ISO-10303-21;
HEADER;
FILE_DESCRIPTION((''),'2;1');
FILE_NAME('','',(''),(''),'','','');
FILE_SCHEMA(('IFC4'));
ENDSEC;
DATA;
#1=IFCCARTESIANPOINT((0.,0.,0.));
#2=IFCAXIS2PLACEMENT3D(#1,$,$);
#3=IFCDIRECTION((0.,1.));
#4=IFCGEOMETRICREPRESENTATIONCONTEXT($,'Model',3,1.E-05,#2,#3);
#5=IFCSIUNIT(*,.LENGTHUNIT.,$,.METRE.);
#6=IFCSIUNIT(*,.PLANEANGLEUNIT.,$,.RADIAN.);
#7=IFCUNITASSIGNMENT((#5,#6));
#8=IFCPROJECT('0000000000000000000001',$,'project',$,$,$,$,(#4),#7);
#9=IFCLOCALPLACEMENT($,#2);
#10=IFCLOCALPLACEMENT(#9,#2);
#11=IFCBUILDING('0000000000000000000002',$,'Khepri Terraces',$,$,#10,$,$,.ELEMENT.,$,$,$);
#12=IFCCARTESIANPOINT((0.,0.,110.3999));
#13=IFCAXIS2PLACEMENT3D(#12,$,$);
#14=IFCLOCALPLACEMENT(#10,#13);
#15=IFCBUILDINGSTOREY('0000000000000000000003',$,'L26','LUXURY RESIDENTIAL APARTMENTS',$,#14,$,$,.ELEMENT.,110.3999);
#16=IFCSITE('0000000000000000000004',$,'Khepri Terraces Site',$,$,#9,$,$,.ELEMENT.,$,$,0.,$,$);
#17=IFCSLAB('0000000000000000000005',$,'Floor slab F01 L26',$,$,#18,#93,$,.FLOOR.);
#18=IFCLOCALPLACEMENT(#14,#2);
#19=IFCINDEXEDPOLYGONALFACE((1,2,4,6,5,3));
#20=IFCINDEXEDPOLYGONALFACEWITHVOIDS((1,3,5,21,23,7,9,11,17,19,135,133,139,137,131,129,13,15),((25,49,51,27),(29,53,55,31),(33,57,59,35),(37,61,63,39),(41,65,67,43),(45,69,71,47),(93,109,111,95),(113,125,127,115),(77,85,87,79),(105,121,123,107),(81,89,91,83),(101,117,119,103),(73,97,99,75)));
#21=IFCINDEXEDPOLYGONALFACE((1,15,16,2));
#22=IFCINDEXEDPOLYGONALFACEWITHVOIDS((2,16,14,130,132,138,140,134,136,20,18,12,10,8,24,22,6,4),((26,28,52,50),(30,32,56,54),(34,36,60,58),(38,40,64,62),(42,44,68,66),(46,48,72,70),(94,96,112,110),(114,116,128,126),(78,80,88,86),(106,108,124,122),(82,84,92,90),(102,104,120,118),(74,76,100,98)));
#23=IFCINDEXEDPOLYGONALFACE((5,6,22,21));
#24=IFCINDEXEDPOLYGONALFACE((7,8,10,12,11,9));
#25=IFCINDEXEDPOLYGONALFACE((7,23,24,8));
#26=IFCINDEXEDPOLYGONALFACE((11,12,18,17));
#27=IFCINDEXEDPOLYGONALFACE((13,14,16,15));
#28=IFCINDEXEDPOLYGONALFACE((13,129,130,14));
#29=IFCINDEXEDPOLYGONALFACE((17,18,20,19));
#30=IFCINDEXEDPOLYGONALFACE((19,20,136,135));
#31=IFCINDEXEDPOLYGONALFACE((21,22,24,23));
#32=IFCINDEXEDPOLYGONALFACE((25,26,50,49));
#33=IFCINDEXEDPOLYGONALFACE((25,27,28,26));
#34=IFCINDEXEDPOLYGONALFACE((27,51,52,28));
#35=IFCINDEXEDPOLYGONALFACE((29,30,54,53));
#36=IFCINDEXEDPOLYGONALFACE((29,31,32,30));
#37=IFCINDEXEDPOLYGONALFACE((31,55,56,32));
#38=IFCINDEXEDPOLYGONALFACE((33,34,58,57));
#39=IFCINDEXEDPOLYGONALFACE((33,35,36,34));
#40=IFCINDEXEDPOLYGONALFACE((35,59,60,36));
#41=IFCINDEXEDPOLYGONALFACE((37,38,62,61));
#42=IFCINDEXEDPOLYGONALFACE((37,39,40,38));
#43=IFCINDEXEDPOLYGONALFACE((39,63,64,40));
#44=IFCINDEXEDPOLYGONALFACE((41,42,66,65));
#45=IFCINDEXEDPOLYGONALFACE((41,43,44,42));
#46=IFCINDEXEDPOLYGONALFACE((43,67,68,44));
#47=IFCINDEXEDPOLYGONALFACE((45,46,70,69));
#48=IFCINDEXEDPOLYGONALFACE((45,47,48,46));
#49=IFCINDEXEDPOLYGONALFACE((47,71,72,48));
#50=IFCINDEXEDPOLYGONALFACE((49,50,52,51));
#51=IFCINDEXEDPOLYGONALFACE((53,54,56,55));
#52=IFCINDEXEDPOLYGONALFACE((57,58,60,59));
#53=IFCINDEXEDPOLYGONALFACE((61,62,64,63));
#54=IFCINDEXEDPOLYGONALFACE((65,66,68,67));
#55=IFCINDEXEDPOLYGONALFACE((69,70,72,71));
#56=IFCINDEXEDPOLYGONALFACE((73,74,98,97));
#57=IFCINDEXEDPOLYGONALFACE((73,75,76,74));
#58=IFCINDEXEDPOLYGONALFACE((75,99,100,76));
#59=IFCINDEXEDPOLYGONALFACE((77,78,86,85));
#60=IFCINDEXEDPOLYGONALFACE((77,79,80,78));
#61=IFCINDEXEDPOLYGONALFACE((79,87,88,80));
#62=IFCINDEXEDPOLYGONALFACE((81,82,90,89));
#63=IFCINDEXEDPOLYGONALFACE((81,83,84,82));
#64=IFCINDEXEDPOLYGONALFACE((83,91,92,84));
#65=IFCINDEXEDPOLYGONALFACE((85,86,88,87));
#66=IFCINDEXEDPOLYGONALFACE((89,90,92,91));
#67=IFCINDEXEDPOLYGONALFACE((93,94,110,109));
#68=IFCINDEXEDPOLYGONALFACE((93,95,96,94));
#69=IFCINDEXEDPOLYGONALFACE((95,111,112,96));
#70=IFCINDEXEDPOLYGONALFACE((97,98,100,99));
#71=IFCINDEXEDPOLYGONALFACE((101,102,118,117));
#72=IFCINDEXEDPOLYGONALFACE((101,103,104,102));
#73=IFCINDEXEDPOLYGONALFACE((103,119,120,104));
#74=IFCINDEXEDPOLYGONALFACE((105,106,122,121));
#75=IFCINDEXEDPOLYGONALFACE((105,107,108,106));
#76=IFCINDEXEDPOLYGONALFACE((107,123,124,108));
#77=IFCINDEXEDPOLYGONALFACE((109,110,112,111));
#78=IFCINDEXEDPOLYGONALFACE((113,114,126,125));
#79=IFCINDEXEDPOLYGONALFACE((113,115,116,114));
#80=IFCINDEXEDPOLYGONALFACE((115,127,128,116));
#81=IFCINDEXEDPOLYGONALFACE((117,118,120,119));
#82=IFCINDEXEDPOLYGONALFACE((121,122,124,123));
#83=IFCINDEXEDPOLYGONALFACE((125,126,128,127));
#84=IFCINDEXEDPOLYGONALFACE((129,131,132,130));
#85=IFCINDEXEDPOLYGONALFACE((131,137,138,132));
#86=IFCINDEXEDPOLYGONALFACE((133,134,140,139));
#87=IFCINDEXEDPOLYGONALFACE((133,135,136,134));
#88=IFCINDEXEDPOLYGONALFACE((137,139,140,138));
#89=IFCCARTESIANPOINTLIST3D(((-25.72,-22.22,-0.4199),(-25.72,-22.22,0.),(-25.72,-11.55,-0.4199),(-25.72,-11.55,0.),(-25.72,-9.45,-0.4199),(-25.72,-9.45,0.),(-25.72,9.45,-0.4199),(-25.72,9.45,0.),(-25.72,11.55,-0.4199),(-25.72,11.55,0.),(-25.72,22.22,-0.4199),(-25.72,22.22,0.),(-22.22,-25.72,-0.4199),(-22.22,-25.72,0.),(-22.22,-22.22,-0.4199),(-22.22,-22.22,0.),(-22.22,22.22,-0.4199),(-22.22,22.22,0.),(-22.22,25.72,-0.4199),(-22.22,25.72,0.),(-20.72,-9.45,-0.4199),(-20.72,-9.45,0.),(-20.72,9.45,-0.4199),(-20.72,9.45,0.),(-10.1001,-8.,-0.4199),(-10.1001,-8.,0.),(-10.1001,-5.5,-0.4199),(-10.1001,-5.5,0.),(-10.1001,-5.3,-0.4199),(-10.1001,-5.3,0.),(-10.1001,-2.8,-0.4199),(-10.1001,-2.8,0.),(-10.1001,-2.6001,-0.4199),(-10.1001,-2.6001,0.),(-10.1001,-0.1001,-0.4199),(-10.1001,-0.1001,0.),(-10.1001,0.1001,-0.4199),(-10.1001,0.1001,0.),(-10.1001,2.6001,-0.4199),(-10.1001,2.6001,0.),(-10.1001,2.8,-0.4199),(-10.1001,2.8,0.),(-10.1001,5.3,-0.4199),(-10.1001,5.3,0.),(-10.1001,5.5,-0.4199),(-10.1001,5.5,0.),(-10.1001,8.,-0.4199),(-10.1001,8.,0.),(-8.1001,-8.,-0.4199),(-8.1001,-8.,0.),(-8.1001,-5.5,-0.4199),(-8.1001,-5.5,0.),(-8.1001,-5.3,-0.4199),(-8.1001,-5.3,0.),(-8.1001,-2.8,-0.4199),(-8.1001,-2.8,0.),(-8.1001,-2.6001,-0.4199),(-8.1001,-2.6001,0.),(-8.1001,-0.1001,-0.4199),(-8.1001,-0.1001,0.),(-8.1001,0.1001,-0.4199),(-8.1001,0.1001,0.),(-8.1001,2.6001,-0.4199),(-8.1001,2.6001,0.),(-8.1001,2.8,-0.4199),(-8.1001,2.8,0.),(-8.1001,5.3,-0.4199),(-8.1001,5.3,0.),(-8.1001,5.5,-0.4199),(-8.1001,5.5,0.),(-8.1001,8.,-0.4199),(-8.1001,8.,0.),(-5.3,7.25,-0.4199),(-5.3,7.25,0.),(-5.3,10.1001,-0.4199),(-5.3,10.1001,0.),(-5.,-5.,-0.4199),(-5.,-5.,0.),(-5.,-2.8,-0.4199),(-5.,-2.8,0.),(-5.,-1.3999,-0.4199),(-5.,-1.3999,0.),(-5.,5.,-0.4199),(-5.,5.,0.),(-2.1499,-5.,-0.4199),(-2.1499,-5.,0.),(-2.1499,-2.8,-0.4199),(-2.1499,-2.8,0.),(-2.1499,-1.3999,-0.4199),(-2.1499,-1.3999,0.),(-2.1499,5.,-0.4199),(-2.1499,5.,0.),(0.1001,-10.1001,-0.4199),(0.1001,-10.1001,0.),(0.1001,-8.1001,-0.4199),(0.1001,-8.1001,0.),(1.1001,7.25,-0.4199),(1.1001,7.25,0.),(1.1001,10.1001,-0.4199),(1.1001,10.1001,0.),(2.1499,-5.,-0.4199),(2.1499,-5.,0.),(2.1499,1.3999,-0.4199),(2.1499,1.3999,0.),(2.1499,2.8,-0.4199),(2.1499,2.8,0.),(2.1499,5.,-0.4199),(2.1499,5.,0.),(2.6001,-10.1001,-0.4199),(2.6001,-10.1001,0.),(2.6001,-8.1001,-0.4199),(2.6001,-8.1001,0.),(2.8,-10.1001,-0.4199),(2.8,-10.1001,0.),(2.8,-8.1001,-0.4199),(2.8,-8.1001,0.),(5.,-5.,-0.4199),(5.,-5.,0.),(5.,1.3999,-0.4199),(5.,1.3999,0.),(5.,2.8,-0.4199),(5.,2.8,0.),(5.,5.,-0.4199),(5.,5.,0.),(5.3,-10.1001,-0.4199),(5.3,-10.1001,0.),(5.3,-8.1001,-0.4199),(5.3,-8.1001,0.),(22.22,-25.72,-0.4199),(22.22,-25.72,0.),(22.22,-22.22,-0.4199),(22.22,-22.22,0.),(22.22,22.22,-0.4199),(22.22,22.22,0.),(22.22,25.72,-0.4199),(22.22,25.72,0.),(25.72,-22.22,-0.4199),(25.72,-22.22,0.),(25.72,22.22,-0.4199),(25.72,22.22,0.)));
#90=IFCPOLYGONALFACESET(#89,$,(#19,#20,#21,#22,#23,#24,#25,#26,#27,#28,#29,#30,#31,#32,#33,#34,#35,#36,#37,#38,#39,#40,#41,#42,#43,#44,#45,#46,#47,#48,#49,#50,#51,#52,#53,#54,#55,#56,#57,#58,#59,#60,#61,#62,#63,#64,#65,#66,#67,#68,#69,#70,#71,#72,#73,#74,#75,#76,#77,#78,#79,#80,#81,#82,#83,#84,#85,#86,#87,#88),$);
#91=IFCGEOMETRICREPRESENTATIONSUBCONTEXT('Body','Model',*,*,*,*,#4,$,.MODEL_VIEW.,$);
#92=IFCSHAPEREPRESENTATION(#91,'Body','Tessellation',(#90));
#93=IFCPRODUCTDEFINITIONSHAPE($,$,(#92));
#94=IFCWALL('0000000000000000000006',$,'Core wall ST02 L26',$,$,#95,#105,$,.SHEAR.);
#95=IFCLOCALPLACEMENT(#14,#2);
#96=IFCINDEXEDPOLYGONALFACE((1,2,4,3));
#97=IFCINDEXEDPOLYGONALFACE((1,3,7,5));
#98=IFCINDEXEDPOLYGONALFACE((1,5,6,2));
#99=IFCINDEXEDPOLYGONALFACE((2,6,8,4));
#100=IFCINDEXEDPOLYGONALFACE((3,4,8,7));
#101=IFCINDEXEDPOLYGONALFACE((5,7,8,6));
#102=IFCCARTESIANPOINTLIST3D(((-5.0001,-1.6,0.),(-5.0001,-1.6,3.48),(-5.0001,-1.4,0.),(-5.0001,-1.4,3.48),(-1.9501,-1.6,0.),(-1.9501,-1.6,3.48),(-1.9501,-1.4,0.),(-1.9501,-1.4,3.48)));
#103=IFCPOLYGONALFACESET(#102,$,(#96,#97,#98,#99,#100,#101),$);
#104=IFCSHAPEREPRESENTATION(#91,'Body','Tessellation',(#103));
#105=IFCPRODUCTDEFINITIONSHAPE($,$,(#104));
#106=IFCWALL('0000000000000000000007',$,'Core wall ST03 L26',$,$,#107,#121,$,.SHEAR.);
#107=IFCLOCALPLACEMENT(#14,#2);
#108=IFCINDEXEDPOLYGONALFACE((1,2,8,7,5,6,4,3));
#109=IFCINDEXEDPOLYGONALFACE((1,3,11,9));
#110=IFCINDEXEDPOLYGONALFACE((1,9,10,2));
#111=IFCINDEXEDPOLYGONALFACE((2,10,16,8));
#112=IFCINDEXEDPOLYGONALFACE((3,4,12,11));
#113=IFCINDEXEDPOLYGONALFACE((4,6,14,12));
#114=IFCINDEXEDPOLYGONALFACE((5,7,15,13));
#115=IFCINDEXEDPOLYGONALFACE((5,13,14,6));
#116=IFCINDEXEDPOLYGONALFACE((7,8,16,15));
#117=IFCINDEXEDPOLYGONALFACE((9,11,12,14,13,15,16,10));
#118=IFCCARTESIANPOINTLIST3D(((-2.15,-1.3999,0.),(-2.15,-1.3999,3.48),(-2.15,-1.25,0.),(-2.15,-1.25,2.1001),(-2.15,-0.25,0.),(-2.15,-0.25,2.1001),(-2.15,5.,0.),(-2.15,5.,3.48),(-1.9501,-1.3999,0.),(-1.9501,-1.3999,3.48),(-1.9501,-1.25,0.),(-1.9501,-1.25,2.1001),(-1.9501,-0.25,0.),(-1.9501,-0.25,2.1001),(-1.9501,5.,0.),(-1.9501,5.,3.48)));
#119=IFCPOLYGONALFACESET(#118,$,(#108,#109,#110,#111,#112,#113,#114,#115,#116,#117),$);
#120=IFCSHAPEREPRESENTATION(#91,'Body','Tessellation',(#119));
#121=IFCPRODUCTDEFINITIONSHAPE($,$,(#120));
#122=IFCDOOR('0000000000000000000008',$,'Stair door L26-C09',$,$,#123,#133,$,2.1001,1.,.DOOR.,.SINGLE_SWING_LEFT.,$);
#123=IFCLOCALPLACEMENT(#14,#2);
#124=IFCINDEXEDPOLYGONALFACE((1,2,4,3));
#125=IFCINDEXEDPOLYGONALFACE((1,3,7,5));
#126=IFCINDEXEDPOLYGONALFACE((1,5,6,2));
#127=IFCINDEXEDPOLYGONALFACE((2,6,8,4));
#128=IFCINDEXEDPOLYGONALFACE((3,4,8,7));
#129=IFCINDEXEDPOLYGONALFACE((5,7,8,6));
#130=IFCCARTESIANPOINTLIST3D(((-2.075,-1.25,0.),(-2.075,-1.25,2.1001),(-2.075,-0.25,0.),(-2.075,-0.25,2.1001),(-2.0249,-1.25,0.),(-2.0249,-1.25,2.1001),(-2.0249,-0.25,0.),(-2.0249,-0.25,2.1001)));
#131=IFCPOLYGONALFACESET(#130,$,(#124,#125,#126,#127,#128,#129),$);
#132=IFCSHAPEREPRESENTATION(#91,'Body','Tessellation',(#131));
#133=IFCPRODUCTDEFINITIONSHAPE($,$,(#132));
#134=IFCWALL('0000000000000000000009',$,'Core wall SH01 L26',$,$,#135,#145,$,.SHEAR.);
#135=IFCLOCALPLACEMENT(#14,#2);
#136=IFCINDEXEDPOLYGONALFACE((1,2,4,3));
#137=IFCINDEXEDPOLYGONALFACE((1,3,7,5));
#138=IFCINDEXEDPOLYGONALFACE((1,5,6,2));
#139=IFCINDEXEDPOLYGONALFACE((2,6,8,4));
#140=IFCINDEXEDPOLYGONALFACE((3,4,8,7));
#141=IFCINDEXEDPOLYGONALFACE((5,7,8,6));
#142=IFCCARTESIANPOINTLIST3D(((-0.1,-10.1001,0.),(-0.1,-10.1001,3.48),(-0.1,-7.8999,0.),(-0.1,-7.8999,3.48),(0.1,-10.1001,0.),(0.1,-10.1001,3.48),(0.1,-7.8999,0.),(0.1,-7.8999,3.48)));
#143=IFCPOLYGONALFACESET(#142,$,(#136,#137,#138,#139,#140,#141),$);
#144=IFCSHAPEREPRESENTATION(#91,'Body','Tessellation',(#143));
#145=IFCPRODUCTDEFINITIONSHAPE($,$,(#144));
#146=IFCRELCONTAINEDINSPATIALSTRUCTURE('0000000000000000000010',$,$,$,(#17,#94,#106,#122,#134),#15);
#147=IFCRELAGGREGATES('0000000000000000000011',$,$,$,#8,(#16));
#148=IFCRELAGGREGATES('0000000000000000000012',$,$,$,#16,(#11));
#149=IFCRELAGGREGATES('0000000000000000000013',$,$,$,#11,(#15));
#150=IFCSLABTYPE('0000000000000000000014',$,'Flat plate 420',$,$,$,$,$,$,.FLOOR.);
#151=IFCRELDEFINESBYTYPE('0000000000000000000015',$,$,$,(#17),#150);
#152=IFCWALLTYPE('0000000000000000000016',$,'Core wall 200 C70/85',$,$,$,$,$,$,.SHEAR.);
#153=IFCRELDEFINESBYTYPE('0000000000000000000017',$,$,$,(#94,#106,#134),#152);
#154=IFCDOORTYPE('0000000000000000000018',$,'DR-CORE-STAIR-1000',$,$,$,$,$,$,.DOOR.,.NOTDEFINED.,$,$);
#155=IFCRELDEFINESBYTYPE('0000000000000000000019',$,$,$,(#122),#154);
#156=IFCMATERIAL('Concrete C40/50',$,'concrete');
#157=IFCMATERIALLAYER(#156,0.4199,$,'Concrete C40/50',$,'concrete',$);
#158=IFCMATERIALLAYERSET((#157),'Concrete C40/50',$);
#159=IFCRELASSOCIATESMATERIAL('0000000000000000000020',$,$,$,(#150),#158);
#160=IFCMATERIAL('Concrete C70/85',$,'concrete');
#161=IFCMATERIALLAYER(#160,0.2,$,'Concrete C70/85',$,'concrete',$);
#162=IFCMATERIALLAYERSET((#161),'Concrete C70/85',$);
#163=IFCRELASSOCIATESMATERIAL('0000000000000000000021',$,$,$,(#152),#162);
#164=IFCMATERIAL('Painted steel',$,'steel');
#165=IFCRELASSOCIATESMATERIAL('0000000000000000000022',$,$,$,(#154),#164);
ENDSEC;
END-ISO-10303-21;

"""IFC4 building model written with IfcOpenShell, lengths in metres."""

from ifc_helpers import new_model, si_unit, direction, frame, frame_2d, origin, place, context, subcontext, project, spatial, polyline, rectangle, outline, extrude, material, layer, layer_set, type_object, element, fill, save


model = new_model("IFC4")

# Units and contexts
model_context = context("Model", 3, precision=1e-05, world=origin(), true_north=direction((0.0, 1.0)))
body_context = subcontext(model_context, "Body", "Model", "MODEL_VIEW")
ifc_project = project(units=[si_unit("LENGTHUNIT", "METRE"), si_unit("PLANEANGLEUNIT", "RADIAN")], contexts=[model_context])

# Site, building, storey
site_placement = place(None, origin())
site = spatial("IfcSite", under=ifc_project, at=site_placement, Name="Khepri Terraces Site", CompositionType="ELEMENT", RefElevation=0.0)
building_placement = place(site_placement, origin())
building = spatial("IfcBuilding", under=site, at=building_placement, Name="Khepri Terraces", CompositionType="ELEMENT")
storey_placement = place(building_placement, frame((0.0, 0.0, 110.3999)))
storey = spatial("IfcBuildingStorey", under=building, at=storey_placement, Name="L26", Description="LUXURY RESIDENTIAL APARTMENTS", CompositionType="ELEMENT", Elevation=110.3999)

# Slab
ifc_material_1 = material(Name="Concrete C40/50", Category="concrete")
ifc_layer_1 = layer(ifc_material_1, 0.4199, Name="Concrete C40/50", Category="concrete")
ifc_layer_set_1 = layer_set([ifc_layer_1], Name="Concrete C40/50")
slab_type = type_object("IfcSlabType", Name="Flat plate 420", PredefinedType="FLOOR", material=ifc_layer_set_1)
slab_placement = place(storey_placement, frame((0.0, 0.0, -0.4199)))
element("IfcSlab", 1, at=slab_placement, inside=storey, type_object=slab_type, Name="Floor slab F01 L26", PredefinedType="FLOOR", context=body_context, shape_type="SweptSolid", body=[
    extrude(outline(polyline([(22.22, -25.72), (-22.22, -25.72), (-22.22, -22.22), (-25.72, -22.22), (-25.72, -11.55), (-25.72, -9.45), (-20.72, -9.45), (-20.72, 9.45), (-25.72, 9.45), (-25.72, 11.55), (-25.72, 22.22), (-22.22, 22.22), (-22.22, 25.72), (22.22, 25.72), (22.22, 22.22), (25.72, 22.22), (25.72, -22.22), (22.22, -22.22), (22.22, -25.72)]), holes=[polyline([(5.0, 5.0), (2.1499, 5.0), (2.1499, 2.8), (5.0, 2.8), (5.0, 5.0)]), polyline([(-2.1499, -5.0), (-2.1499, -2.8), (-5.0, -2.8), (-5.0, -5.0), (-2.1499, -5.0)]), polyline([(-10.1001, -8.0), (-8.1001, -8.0), (-8.1001, -5.5), (-10.1001, -5.5), (-10.1001, -8.0)]), polyline([(-10.1001, -2.8), (-10.1001, -5.3), (-8.1001, -5.3), (-8.1001, -2.8), (-10.1001, -2.8)]), polyline([(-8.1001, -0.1001), (-10.1001, -0.1001), (-10.1001, -2.6001), (-8.1001, -2.6001), (-8.1001, -0.1001)]), polyline([(-8.1001, 0.1001), (-8.1001, 2.6001), (-10.1001, 2.6001), (-10.1001, 0.1001), (-8.1001, 0.1001)]), polyline([(-10.1001, 2.8), (-8.1001, 2.8), (-8.1001, 5.3), (-10.1001, 5.3), (-10.1001, 2.8)]), polyline([(-10.1001, 8.0), (-10.1001, 5.5), (-8.1001, 5.5), (-8.1001, 8.0), (-10.1001, 8.0)]), polyline([(2.6001, -8.1001), (0.1001, -8.1001), (0.1001, -10.1001), (2.6001, -10.1001), (2.6001, -8.1001)]), polyline([(5.3, -10.1001), (5.3, -8.1001), (2.8, -8.1001), (2.8, -10.1001), (5.3, -10.1001)]), polyline([(-5.0, -1.3999), (-2.1499, -1.3999), (-2.1499, 5.0), (-5.0, 5.0), (-5.0, -1.3999)]), polyline([(5.0, -5.0), (5.0, 1.3999), (2.1499, 1.3999), (2.1499, -5.0), (5.0, -5.0)]), polyline([(-5.3, 10.1001), (-5.3, 7.25), (1.1001, 7.25), (1.1001, 10.1001), (-5.3, 10.1001)])]), origin(), (0.0, 0.0, 1.0), 0.4199),
])

# Wall
ifc_material_2 = material(Name="Concrete C70/85", Category="concrete")
ifc_layer_2 = layer(ifc_material_2, 0.2, Name="Concrete C70/85", Category="concrete")
ifc_layer_set_2 = layer_set([ifc_layer_2], Name="Concrete C70/85")
wall_type_1 = type_object("IfcWallType", Name="Core wall 200 C70/85", PredefinedType="SHEAR", material=ifc_layer_set_2)
wall_1_placement = place(storey_placement, frame((-5.0, -1.5, 0.0), z_axis=(0.0, 0.0, 1.0), x_axis=(1.0, 0.0, 0.0)))
element("IfcWall", 2, at=wall_1_placement, inside=storey, type_object=wall_type_1, Name="Core wall ST02 L26", PredefinedType="SHEAR", context=body_context, shape_type="SweptSolid", body=[
    extrude(rectangle(XDim=3.05, YDim=0.2, at=frame_2d((1.5249, 0.0))), origin(), (0.0, 0.0, 1.0), 3.48),
])

# Wall, opening, door
wall_2_placement = place(storey_placement, frame((-2.05, -1.3999, 0.0), z_axis=(0.0, 0.0, 1.0), x_axis=(0.0, 1.0, 0.0)))
wall_2 = element("IfcWall", 3, at=wall_2_placement, inside=storey, type_object=wall_type_1, Name="Core wall ST03 L26", PredefinedType="SHEAR", context=body_context, shape_type="SweptSolid", body=[
    extrude(rectangle(XDim=6.3999, YDim=0.2, at=frame_2d((3.2, 0.0))), origin(), (0.0, 0.0, 1.0), 3.48),
])
opening_1_placement = place(wall_2_placement, frame((0.1499, 0.0, 0.0)))
opening_1 = element("IfcOpeningElement", 4, at=opening_1_placement, cuts=wall_2, PredefinedType="OPENING", context=body_context, shape_type="SweptSolid", body=[
    extrude(rectangle(XDim=1.0, YDim=2.1001, at=frame_2d((0.5, 1.05))), frame((0.0, 0.1099, 0.0), z_axis=(0.0, -1.0, 0.0), x_axis=(1.0, 0.0, 0.0)), (0.0, 0.0, 1.0), 0.22),
])
ifc_material_3 = material(Name="Painted steel", Category="steel")
door_type_1 = type_object("IfcDoorType", Name="DR-CORE-STAIR-1000", OperationType="NOTDEFINED", PredefinedType="DOOR", material=ifc_material_3)
door_1_placement = place(opening_1_placement, origin())
door_1 = element("IfcDoor", 5, at=door_1_placement, inside=storey, type_object=door_type_1, Name="Stair door L26-C09", OperationType="SINGLE_SWING_LEFT", OverallHeight=2.1001, OverallWidth=1.0, PredefinedType="DOOR", context=body_context, shape_type="SweptSolid", body=[
    extrude(rectangle(XDim=1.0, YDim=2.1001, at=frame_2d((0.5, 1.05))), frame((0.0, 0.0249, 0.0), z_axis=(0.0, -1.0, 0.0), x_axis=(1.0, 0.0, 0.0)), (0.0, 0.0, 1.0), 0.05),
])
fill(opening_1, door_1)

# Wall
wall_3_placement = place(storey_placement, frame((0.0, -10.1001, 0.0), z_axis=(0.0, 0.0, 1.0), x_axis=(0.0, 1.0, 0.0)))
element("IfcWall", 6, at=wall_3_placement, inside=storey, type_object=wall_type_1, Name="Core wall SH01 L26", PredefinedType="SHEAR", context=body_context, shape_type="SweptSolid", body=[
    extrude(rectangle(XDim=2.2002, YDim=0.2, at=frame_2d((1.1001, 0.0))), origin(), (0.0, 0.0, 1.0), 3.48),
])

save(model, "model.ifc")
